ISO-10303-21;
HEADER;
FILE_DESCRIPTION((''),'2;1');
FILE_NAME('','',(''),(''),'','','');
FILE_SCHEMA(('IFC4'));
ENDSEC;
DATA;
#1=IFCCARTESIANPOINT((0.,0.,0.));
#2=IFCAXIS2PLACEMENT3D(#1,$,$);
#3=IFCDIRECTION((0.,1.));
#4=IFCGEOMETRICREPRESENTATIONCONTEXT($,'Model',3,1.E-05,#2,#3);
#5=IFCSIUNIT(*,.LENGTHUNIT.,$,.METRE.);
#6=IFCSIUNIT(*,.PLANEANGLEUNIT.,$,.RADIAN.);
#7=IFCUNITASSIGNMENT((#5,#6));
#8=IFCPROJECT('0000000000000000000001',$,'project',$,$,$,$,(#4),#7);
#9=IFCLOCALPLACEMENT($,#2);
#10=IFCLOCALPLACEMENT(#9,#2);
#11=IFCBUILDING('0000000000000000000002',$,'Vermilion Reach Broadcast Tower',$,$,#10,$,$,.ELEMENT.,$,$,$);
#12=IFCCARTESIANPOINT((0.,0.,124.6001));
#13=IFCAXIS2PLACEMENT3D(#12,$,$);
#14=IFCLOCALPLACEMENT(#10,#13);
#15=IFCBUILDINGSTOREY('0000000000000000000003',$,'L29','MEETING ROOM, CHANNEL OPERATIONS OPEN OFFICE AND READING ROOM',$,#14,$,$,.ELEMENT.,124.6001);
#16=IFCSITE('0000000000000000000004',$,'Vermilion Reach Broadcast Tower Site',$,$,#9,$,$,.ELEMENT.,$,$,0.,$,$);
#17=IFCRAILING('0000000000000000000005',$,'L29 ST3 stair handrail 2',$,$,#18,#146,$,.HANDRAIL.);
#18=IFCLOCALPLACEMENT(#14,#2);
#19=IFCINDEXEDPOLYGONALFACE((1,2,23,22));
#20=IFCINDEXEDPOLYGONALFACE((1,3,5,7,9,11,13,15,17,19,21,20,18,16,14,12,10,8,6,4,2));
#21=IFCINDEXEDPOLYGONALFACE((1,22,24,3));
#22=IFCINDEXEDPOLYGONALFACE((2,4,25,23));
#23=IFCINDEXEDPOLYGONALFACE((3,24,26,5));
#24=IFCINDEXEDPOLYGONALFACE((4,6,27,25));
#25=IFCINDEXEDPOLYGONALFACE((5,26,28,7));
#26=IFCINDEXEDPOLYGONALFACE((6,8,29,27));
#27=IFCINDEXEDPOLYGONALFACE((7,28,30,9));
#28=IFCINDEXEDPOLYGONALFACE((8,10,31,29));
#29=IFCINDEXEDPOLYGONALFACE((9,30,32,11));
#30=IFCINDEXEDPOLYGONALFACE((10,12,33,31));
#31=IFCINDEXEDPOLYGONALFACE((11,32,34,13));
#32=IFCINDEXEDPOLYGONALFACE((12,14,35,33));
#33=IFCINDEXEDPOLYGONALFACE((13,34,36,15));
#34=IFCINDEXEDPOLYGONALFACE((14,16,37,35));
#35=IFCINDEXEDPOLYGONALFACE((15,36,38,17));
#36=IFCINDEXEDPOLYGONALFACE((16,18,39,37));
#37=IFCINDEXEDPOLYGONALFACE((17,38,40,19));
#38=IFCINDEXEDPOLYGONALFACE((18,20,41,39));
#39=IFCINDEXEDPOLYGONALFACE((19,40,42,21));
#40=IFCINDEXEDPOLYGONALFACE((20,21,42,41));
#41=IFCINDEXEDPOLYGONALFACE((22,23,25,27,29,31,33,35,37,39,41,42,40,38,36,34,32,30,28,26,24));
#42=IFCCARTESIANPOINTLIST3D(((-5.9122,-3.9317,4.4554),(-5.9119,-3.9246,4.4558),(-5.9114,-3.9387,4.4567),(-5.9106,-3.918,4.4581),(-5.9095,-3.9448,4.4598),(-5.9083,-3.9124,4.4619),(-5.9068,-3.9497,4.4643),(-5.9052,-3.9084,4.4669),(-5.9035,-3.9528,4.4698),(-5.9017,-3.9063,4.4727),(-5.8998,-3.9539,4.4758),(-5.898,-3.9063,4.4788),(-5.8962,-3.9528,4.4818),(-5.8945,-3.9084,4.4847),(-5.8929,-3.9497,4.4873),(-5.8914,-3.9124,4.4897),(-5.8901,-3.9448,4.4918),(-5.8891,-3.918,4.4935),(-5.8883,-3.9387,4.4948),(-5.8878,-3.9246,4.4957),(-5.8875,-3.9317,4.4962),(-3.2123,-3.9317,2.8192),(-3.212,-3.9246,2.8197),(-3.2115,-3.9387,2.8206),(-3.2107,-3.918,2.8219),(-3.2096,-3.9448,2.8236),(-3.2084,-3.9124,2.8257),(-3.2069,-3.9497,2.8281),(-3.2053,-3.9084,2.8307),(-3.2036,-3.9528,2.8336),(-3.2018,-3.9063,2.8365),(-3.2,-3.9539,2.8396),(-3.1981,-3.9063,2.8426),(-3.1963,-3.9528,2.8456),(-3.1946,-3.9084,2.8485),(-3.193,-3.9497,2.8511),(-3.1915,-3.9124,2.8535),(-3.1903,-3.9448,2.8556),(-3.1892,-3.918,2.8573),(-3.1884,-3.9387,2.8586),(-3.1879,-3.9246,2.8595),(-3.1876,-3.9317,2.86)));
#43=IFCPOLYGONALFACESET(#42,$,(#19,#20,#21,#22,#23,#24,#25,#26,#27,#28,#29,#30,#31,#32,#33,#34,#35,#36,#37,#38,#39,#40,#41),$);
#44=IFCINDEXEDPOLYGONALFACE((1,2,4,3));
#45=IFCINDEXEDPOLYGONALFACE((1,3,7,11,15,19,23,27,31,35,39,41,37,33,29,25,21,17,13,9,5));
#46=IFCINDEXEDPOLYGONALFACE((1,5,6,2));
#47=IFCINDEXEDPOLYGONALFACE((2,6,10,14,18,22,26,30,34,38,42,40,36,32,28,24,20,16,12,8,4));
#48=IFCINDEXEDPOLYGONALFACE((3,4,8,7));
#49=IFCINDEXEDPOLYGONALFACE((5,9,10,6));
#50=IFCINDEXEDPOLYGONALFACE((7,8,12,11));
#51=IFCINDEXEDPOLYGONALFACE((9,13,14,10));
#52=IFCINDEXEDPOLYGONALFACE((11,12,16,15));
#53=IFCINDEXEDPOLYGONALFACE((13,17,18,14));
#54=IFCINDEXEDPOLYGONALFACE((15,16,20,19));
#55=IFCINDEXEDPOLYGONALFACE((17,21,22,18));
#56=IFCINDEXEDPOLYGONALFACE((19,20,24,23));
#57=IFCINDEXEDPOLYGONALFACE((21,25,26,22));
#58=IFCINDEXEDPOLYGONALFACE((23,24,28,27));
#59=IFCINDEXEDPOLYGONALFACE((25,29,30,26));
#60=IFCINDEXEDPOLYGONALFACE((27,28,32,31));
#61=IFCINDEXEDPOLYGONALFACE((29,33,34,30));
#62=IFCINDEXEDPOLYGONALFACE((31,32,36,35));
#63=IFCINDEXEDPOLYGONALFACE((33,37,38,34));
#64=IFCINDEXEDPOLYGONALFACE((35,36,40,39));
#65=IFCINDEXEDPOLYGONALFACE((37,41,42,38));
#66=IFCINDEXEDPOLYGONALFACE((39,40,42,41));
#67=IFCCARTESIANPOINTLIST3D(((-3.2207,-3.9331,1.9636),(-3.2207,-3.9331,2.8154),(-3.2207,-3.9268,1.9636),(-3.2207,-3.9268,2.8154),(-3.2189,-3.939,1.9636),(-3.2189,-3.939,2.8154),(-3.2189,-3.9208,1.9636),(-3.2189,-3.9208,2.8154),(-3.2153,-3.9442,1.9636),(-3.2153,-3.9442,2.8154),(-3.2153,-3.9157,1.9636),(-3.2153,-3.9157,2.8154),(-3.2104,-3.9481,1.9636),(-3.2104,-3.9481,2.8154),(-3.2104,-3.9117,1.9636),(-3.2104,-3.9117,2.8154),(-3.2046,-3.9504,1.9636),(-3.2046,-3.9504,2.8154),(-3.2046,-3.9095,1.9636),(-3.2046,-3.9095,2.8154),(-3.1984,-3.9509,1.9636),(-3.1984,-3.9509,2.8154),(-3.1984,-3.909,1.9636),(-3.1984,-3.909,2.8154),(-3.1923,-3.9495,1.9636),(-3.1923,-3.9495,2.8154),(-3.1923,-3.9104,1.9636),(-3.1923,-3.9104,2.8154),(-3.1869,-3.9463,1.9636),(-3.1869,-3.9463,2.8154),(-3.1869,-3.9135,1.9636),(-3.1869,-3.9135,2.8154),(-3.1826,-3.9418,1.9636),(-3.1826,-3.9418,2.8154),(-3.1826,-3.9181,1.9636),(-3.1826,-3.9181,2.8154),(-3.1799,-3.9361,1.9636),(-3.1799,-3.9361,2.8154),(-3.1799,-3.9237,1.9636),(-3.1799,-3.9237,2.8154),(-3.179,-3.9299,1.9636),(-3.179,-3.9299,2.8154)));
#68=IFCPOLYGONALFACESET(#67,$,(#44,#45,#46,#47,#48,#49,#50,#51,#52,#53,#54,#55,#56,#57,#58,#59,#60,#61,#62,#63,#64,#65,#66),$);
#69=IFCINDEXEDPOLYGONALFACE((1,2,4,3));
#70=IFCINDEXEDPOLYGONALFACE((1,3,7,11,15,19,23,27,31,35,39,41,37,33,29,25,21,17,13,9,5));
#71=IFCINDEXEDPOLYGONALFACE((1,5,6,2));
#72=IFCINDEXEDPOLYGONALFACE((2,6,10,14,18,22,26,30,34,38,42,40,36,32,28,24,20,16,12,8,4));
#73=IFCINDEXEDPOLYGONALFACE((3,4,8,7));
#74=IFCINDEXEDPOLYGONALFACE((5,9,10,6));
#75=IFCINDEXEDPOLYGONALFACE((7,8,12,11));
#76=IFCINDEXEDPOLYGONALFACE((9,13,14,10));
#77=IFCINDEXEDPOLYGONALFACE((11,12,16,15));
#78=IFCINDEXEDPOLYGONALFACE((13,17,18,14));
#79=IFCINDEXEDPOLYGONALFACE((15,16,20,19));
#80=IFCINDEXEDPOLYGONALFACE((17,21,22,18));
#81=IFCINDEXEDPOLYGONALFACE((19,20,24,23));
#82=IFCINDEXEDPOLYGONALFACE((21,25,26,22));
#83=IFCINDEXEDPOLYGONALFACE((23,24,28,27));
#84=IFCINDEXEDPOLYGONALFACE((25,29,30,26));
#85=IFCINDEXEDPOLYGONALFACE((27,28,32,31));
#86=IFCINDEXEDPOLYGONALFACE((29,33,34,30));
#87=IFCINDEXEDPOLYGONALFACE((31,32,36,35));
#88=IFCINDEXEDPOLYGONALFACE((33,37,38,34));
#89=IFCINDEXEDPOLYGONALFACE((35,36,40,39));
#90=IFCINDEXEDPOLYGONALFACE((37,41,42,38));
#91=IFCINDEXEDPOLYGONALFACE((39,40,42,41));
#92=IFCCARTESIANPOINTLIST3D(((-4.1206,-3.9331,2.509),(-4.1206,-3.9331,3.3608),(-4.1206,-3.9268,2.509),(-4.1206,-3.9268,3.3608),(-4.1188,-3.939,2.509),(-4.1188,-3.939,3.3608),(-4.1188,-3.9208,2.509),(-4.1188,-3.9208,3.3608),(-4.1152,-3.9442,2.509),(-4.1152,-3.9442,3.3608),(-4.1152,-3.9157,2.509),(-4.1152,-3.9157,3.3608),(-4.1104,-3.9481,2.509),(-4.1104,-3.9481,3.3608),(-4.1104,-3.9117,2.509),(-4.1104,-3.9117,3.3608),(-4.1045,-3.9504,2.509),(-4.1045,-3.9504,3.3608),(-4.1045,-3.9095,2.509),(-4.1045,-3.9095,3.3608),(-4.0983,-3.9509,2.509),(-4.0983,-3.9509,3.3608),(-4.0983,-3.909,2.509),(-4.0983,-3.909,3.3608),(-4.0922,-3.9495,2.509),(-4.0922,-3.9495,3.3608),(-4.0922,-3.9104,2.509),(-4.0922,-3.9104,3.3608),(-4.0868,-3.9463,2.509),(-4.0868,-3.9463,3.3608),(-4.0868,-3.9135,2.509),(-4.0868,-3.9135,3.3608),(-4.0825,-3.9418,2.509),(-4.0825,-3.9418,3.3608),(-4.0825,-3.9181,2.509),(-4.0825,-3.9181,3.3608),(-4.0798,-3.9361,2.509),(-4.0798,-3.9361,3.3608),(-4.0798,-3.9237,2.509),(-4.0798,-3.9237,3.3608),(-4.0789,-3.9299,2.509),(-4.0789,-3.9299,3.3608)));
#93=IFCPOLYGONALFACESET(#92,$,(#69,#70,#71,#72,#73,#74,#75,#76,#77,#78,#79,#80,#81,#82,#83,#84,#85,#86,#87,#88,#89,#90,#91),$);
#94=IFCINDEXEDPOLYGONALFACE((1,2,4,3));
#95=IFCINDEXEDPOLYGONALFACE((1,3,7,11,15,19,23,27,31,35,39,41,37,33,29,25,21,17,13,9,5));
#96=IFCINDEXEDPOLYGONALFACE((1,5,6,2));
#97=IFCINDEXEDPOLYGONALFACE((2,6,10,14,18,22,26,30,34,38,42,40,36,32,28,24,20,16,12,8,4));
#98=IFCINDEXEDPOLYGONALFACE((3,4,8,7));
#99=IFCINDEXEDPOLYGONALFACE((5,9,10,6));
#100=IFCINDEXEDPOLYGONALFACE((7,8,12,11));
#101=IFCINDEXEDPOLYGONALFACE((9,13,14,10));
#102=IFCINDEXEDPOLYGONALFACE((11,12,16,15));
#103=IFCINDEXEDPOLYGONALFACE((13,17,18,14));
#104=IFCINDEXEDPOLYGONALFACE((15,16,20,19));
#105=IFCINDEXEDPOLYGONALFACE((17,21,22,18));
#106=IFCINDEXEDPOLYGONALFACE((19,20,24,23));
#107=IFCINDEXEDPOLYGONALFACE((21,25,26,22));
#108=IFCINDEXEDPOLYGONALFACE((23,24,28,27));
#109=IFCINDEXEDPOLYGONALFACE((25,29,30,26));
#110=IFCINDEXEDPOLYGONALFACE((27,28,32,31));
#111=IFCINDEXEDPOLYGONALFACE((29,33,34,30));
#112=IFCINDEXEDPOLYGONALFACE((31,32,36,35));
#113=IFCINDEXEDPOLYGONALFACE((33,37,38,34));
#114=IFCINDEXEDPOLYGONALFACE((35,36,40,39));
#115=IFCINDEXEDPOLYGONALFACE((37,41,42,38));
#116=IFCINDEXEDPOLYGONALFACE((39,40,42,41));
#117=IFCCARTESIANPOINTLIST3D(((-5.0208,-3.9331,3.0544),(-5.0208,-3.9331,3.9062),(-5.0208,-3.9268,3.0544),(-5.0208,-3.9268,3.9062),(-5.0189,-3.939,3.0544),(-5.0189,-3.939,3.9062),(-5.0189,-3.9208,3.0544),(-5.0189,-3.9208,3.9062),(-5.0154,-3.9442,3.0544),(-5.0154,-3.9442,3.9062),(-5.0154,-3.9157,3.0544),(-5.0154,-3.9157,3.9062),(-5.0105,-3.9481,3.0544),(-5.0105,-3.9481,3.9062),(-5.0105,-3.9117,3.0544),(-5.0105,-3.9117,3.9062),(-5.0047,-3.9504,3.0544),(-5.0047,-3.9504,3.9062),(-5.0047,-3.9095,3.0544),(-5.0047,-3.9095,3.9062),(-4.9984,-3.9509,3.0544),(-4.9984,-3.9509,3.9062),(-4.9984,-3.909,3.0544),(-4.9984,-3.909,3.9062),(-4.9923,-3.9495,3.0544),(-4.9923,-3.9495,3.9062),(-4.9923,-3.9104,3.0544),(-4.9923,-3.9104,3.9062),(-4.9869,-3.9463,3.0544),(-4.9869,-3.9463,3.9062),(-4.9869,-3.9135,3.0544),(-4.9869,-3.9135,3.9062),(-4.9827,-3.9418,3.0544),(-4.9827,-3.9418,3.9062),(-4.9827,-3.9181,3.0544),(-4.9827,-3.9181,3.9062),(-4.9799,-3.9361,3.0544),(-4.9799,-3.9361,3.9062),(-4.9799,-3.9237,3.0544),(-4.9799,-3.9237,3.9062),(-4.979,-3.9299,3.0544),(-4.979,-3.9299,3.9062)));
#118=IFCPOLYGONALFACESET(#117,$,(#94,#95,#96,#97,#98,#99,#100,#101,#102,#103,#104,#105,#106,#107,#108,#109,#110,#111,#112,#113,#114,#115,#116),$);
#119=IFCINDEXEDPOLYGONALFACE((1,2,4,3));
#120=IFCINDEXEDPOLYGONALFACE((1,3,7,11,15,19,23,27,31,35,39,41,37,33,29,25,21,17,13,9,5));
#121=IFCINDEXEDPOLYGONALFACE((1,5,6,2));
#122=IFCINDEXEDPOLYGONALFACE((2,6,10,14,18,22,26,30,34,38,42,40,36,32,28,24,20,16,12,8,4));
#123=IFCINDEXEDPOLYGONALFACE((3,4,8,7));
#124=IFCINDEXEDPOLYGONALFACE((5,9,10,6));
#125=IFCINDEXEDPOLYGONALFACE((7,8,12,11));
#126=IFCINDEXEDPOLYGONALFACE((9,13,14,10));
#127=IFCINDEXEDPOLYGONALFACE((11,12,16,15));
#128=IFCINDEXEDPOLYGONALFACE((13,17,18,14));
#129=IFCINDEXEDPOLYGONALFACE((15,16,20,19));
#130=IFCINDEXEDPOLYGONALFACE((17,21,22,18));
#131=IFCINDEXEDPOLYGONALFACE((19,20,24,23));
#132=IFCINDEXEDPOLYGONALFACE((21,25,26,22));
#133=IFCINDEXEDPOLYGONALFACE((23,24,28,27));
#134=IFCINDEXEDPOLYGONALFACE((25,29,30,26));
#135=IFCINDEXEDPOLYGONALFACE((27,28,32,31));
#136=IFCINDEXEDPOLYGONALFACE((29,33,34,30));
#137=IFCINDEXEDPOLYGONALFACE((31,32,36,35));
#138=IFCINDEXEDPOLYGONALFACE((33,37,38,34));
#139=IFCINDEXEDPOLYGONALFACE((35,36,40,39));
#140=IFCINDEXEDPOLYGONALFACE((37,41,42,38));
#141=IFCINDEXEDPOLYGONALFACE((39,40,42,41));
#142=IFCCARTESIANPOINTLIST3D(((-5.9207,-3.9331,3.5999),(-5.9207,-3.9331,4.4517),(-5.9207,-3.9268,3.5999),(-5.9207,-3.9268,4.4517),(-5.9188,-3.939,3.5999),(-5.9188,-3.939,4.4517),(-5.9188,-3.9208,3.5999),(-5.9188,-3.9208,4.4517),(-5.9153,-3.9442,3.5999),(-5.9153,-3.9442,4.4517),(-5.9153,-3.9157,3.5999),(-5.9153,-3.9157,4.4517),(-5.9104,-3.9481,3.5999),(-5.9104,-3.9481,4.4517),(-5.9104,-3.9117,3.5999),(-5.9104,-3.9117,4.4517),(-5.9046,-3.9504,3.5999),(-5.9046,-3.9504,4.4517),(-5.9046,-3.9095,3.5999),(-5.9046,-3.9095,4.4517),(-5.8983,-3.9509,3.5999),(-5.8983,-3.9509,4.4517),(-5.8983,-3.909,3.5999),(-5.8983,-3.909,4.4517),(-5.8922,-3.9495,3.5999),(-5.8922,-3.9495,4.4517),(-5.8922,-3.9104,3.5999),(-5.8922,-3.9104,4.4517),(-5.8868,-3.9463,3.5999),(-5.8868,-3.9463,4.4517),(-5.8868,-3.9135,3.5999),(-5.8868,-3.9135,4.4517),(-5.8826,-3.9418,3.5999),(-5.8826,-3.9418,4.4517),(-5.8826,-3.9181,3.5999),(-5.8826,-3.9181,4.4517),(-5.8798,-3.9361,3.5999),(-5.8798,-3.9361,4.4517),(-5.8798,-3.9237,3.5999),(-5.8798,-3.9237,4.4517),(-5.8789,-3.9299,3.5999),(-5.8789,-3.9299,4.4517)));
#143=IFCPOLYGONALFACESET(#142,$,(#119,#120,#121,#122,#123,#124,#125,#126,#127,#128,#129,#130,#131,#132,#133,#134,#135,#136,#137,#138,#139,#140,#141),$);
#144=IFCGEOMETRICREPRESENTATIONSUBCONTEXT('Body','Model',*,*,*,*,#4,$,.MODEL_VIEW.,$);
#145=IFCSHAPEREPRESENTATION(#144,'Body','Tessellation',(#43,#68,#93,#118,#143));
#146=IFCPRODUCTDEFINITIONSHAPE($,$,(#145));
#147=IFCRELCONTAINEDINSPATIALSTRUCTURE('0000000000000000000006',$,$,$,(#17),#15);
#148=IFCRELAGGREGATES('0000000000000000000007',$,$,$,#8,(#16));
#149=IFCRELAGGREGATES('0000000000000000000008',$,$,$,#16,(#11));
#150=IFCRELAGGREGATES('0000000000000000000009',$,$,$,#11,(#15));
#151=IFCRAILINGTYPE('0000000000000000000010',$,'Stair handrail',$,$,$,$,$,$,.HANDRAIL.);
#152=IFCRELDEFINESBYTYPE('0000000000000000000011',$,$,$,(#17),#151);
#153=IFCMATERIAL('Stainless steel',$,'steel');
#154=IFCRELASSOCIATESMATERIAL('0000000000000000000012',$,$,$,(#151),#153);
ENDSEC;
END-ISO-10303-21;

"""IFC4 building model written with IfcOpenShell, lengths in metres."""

from ifc_helpers import new_model, si_unit, direction, frame, origin, origin_2d, place, context, subcontext, project, spatial, circle, extrude, material, type_object, element, save


model = new_model("IFC4")

# Units and contexts
model_context = context("Model", 3, precision=1e-05, world=origin(), true_north=direction((0.0, 1.0)))
body_context = subcontext(model_context, "Body", "Model", "MODEL_VIEW")
ifc_project = project(units=[si_unit("LENGTHUNIT", "METRE"), si_unit("PLANEANGLEUNIT", "RADIAN")], contexts=[model_context])

# Site, building, storey
site_placement = place(None, origin())
site = spatial("IfcSite", under=ifc_project, at=site_placement, Name="Vermilion Reach Broadcast Tower Site", CompositionType="ELEMENT", RefElevation=0.0)
building_placement = place(site_placement, origin())
building = spatial("IfcBuilding", under=site, at=building_placement, Name="Vermilion Reach Broadcast Tower", CompositionType="ELEMENT")
storey_placement = place(building_placement, frame((0.0, 0.0, 124.6001)))
storey = spatial("IfcBuildingStorey", under=building, at=storey_placement, Name="L29", Description="MEETING ROOM, CHANNEL OPERATIONS OPEN OFFICE AND READING ROOM", CompositionType="ELEMENT", Elevation=124.6001)

# Railing
ifc_material_1 = material(Name="Stainless steel", Category="steel")
railing_type_1 = type_object("IfcRailingType", Name="Stair handrail", PredefinedType="HANDRAIL", material=ifc_material_1)
railing_1_placement = place(storey_placement, frame((-3.2, -3.9299, 1.9636)))
element("IfcRailing", 1, at=railing_1_placement, inside=storey, type_object=railing_type_1, Name="L29 ST3 stair handrail 2", PredefinedType="HANDRAIL", context=body_context, shape_type="SweptSolid", body=[
    extrude(circle(Radius=0.0239, at=origin_2d()), frame((0.0, 0.0, 0.876), z_axis=(-0.855212, 0.0, 0.518278), x_axis=(0.0, -1.0, 0.0)), (0.0, 0.0, 1.0), 3.157),
    extrude(circle(Radius=0.021, at=origin_2d()), origin(), (0.0, 0.0, 1.0), 0.8518),
    extrude(circle(Radius=0.021, at=origin_2d()), frame((-0.8999, 0.0, 0.5454)), (0.0, 0.0, 1.0), 0.8518),
    extrude(circle(Radius=0.021, at=origin_2d()), frame((-1.8, 0.0, 1.0908)), (0.0, 0.0, 1.0), 0.8518),
    extrude(circle(Radius=0.021, at=origin_2d()), frame((-2.7, 0.0, 1.6362)), (0.0, 0.0, 1.0), 0.8518),
])

save(model, "model.ifc")
